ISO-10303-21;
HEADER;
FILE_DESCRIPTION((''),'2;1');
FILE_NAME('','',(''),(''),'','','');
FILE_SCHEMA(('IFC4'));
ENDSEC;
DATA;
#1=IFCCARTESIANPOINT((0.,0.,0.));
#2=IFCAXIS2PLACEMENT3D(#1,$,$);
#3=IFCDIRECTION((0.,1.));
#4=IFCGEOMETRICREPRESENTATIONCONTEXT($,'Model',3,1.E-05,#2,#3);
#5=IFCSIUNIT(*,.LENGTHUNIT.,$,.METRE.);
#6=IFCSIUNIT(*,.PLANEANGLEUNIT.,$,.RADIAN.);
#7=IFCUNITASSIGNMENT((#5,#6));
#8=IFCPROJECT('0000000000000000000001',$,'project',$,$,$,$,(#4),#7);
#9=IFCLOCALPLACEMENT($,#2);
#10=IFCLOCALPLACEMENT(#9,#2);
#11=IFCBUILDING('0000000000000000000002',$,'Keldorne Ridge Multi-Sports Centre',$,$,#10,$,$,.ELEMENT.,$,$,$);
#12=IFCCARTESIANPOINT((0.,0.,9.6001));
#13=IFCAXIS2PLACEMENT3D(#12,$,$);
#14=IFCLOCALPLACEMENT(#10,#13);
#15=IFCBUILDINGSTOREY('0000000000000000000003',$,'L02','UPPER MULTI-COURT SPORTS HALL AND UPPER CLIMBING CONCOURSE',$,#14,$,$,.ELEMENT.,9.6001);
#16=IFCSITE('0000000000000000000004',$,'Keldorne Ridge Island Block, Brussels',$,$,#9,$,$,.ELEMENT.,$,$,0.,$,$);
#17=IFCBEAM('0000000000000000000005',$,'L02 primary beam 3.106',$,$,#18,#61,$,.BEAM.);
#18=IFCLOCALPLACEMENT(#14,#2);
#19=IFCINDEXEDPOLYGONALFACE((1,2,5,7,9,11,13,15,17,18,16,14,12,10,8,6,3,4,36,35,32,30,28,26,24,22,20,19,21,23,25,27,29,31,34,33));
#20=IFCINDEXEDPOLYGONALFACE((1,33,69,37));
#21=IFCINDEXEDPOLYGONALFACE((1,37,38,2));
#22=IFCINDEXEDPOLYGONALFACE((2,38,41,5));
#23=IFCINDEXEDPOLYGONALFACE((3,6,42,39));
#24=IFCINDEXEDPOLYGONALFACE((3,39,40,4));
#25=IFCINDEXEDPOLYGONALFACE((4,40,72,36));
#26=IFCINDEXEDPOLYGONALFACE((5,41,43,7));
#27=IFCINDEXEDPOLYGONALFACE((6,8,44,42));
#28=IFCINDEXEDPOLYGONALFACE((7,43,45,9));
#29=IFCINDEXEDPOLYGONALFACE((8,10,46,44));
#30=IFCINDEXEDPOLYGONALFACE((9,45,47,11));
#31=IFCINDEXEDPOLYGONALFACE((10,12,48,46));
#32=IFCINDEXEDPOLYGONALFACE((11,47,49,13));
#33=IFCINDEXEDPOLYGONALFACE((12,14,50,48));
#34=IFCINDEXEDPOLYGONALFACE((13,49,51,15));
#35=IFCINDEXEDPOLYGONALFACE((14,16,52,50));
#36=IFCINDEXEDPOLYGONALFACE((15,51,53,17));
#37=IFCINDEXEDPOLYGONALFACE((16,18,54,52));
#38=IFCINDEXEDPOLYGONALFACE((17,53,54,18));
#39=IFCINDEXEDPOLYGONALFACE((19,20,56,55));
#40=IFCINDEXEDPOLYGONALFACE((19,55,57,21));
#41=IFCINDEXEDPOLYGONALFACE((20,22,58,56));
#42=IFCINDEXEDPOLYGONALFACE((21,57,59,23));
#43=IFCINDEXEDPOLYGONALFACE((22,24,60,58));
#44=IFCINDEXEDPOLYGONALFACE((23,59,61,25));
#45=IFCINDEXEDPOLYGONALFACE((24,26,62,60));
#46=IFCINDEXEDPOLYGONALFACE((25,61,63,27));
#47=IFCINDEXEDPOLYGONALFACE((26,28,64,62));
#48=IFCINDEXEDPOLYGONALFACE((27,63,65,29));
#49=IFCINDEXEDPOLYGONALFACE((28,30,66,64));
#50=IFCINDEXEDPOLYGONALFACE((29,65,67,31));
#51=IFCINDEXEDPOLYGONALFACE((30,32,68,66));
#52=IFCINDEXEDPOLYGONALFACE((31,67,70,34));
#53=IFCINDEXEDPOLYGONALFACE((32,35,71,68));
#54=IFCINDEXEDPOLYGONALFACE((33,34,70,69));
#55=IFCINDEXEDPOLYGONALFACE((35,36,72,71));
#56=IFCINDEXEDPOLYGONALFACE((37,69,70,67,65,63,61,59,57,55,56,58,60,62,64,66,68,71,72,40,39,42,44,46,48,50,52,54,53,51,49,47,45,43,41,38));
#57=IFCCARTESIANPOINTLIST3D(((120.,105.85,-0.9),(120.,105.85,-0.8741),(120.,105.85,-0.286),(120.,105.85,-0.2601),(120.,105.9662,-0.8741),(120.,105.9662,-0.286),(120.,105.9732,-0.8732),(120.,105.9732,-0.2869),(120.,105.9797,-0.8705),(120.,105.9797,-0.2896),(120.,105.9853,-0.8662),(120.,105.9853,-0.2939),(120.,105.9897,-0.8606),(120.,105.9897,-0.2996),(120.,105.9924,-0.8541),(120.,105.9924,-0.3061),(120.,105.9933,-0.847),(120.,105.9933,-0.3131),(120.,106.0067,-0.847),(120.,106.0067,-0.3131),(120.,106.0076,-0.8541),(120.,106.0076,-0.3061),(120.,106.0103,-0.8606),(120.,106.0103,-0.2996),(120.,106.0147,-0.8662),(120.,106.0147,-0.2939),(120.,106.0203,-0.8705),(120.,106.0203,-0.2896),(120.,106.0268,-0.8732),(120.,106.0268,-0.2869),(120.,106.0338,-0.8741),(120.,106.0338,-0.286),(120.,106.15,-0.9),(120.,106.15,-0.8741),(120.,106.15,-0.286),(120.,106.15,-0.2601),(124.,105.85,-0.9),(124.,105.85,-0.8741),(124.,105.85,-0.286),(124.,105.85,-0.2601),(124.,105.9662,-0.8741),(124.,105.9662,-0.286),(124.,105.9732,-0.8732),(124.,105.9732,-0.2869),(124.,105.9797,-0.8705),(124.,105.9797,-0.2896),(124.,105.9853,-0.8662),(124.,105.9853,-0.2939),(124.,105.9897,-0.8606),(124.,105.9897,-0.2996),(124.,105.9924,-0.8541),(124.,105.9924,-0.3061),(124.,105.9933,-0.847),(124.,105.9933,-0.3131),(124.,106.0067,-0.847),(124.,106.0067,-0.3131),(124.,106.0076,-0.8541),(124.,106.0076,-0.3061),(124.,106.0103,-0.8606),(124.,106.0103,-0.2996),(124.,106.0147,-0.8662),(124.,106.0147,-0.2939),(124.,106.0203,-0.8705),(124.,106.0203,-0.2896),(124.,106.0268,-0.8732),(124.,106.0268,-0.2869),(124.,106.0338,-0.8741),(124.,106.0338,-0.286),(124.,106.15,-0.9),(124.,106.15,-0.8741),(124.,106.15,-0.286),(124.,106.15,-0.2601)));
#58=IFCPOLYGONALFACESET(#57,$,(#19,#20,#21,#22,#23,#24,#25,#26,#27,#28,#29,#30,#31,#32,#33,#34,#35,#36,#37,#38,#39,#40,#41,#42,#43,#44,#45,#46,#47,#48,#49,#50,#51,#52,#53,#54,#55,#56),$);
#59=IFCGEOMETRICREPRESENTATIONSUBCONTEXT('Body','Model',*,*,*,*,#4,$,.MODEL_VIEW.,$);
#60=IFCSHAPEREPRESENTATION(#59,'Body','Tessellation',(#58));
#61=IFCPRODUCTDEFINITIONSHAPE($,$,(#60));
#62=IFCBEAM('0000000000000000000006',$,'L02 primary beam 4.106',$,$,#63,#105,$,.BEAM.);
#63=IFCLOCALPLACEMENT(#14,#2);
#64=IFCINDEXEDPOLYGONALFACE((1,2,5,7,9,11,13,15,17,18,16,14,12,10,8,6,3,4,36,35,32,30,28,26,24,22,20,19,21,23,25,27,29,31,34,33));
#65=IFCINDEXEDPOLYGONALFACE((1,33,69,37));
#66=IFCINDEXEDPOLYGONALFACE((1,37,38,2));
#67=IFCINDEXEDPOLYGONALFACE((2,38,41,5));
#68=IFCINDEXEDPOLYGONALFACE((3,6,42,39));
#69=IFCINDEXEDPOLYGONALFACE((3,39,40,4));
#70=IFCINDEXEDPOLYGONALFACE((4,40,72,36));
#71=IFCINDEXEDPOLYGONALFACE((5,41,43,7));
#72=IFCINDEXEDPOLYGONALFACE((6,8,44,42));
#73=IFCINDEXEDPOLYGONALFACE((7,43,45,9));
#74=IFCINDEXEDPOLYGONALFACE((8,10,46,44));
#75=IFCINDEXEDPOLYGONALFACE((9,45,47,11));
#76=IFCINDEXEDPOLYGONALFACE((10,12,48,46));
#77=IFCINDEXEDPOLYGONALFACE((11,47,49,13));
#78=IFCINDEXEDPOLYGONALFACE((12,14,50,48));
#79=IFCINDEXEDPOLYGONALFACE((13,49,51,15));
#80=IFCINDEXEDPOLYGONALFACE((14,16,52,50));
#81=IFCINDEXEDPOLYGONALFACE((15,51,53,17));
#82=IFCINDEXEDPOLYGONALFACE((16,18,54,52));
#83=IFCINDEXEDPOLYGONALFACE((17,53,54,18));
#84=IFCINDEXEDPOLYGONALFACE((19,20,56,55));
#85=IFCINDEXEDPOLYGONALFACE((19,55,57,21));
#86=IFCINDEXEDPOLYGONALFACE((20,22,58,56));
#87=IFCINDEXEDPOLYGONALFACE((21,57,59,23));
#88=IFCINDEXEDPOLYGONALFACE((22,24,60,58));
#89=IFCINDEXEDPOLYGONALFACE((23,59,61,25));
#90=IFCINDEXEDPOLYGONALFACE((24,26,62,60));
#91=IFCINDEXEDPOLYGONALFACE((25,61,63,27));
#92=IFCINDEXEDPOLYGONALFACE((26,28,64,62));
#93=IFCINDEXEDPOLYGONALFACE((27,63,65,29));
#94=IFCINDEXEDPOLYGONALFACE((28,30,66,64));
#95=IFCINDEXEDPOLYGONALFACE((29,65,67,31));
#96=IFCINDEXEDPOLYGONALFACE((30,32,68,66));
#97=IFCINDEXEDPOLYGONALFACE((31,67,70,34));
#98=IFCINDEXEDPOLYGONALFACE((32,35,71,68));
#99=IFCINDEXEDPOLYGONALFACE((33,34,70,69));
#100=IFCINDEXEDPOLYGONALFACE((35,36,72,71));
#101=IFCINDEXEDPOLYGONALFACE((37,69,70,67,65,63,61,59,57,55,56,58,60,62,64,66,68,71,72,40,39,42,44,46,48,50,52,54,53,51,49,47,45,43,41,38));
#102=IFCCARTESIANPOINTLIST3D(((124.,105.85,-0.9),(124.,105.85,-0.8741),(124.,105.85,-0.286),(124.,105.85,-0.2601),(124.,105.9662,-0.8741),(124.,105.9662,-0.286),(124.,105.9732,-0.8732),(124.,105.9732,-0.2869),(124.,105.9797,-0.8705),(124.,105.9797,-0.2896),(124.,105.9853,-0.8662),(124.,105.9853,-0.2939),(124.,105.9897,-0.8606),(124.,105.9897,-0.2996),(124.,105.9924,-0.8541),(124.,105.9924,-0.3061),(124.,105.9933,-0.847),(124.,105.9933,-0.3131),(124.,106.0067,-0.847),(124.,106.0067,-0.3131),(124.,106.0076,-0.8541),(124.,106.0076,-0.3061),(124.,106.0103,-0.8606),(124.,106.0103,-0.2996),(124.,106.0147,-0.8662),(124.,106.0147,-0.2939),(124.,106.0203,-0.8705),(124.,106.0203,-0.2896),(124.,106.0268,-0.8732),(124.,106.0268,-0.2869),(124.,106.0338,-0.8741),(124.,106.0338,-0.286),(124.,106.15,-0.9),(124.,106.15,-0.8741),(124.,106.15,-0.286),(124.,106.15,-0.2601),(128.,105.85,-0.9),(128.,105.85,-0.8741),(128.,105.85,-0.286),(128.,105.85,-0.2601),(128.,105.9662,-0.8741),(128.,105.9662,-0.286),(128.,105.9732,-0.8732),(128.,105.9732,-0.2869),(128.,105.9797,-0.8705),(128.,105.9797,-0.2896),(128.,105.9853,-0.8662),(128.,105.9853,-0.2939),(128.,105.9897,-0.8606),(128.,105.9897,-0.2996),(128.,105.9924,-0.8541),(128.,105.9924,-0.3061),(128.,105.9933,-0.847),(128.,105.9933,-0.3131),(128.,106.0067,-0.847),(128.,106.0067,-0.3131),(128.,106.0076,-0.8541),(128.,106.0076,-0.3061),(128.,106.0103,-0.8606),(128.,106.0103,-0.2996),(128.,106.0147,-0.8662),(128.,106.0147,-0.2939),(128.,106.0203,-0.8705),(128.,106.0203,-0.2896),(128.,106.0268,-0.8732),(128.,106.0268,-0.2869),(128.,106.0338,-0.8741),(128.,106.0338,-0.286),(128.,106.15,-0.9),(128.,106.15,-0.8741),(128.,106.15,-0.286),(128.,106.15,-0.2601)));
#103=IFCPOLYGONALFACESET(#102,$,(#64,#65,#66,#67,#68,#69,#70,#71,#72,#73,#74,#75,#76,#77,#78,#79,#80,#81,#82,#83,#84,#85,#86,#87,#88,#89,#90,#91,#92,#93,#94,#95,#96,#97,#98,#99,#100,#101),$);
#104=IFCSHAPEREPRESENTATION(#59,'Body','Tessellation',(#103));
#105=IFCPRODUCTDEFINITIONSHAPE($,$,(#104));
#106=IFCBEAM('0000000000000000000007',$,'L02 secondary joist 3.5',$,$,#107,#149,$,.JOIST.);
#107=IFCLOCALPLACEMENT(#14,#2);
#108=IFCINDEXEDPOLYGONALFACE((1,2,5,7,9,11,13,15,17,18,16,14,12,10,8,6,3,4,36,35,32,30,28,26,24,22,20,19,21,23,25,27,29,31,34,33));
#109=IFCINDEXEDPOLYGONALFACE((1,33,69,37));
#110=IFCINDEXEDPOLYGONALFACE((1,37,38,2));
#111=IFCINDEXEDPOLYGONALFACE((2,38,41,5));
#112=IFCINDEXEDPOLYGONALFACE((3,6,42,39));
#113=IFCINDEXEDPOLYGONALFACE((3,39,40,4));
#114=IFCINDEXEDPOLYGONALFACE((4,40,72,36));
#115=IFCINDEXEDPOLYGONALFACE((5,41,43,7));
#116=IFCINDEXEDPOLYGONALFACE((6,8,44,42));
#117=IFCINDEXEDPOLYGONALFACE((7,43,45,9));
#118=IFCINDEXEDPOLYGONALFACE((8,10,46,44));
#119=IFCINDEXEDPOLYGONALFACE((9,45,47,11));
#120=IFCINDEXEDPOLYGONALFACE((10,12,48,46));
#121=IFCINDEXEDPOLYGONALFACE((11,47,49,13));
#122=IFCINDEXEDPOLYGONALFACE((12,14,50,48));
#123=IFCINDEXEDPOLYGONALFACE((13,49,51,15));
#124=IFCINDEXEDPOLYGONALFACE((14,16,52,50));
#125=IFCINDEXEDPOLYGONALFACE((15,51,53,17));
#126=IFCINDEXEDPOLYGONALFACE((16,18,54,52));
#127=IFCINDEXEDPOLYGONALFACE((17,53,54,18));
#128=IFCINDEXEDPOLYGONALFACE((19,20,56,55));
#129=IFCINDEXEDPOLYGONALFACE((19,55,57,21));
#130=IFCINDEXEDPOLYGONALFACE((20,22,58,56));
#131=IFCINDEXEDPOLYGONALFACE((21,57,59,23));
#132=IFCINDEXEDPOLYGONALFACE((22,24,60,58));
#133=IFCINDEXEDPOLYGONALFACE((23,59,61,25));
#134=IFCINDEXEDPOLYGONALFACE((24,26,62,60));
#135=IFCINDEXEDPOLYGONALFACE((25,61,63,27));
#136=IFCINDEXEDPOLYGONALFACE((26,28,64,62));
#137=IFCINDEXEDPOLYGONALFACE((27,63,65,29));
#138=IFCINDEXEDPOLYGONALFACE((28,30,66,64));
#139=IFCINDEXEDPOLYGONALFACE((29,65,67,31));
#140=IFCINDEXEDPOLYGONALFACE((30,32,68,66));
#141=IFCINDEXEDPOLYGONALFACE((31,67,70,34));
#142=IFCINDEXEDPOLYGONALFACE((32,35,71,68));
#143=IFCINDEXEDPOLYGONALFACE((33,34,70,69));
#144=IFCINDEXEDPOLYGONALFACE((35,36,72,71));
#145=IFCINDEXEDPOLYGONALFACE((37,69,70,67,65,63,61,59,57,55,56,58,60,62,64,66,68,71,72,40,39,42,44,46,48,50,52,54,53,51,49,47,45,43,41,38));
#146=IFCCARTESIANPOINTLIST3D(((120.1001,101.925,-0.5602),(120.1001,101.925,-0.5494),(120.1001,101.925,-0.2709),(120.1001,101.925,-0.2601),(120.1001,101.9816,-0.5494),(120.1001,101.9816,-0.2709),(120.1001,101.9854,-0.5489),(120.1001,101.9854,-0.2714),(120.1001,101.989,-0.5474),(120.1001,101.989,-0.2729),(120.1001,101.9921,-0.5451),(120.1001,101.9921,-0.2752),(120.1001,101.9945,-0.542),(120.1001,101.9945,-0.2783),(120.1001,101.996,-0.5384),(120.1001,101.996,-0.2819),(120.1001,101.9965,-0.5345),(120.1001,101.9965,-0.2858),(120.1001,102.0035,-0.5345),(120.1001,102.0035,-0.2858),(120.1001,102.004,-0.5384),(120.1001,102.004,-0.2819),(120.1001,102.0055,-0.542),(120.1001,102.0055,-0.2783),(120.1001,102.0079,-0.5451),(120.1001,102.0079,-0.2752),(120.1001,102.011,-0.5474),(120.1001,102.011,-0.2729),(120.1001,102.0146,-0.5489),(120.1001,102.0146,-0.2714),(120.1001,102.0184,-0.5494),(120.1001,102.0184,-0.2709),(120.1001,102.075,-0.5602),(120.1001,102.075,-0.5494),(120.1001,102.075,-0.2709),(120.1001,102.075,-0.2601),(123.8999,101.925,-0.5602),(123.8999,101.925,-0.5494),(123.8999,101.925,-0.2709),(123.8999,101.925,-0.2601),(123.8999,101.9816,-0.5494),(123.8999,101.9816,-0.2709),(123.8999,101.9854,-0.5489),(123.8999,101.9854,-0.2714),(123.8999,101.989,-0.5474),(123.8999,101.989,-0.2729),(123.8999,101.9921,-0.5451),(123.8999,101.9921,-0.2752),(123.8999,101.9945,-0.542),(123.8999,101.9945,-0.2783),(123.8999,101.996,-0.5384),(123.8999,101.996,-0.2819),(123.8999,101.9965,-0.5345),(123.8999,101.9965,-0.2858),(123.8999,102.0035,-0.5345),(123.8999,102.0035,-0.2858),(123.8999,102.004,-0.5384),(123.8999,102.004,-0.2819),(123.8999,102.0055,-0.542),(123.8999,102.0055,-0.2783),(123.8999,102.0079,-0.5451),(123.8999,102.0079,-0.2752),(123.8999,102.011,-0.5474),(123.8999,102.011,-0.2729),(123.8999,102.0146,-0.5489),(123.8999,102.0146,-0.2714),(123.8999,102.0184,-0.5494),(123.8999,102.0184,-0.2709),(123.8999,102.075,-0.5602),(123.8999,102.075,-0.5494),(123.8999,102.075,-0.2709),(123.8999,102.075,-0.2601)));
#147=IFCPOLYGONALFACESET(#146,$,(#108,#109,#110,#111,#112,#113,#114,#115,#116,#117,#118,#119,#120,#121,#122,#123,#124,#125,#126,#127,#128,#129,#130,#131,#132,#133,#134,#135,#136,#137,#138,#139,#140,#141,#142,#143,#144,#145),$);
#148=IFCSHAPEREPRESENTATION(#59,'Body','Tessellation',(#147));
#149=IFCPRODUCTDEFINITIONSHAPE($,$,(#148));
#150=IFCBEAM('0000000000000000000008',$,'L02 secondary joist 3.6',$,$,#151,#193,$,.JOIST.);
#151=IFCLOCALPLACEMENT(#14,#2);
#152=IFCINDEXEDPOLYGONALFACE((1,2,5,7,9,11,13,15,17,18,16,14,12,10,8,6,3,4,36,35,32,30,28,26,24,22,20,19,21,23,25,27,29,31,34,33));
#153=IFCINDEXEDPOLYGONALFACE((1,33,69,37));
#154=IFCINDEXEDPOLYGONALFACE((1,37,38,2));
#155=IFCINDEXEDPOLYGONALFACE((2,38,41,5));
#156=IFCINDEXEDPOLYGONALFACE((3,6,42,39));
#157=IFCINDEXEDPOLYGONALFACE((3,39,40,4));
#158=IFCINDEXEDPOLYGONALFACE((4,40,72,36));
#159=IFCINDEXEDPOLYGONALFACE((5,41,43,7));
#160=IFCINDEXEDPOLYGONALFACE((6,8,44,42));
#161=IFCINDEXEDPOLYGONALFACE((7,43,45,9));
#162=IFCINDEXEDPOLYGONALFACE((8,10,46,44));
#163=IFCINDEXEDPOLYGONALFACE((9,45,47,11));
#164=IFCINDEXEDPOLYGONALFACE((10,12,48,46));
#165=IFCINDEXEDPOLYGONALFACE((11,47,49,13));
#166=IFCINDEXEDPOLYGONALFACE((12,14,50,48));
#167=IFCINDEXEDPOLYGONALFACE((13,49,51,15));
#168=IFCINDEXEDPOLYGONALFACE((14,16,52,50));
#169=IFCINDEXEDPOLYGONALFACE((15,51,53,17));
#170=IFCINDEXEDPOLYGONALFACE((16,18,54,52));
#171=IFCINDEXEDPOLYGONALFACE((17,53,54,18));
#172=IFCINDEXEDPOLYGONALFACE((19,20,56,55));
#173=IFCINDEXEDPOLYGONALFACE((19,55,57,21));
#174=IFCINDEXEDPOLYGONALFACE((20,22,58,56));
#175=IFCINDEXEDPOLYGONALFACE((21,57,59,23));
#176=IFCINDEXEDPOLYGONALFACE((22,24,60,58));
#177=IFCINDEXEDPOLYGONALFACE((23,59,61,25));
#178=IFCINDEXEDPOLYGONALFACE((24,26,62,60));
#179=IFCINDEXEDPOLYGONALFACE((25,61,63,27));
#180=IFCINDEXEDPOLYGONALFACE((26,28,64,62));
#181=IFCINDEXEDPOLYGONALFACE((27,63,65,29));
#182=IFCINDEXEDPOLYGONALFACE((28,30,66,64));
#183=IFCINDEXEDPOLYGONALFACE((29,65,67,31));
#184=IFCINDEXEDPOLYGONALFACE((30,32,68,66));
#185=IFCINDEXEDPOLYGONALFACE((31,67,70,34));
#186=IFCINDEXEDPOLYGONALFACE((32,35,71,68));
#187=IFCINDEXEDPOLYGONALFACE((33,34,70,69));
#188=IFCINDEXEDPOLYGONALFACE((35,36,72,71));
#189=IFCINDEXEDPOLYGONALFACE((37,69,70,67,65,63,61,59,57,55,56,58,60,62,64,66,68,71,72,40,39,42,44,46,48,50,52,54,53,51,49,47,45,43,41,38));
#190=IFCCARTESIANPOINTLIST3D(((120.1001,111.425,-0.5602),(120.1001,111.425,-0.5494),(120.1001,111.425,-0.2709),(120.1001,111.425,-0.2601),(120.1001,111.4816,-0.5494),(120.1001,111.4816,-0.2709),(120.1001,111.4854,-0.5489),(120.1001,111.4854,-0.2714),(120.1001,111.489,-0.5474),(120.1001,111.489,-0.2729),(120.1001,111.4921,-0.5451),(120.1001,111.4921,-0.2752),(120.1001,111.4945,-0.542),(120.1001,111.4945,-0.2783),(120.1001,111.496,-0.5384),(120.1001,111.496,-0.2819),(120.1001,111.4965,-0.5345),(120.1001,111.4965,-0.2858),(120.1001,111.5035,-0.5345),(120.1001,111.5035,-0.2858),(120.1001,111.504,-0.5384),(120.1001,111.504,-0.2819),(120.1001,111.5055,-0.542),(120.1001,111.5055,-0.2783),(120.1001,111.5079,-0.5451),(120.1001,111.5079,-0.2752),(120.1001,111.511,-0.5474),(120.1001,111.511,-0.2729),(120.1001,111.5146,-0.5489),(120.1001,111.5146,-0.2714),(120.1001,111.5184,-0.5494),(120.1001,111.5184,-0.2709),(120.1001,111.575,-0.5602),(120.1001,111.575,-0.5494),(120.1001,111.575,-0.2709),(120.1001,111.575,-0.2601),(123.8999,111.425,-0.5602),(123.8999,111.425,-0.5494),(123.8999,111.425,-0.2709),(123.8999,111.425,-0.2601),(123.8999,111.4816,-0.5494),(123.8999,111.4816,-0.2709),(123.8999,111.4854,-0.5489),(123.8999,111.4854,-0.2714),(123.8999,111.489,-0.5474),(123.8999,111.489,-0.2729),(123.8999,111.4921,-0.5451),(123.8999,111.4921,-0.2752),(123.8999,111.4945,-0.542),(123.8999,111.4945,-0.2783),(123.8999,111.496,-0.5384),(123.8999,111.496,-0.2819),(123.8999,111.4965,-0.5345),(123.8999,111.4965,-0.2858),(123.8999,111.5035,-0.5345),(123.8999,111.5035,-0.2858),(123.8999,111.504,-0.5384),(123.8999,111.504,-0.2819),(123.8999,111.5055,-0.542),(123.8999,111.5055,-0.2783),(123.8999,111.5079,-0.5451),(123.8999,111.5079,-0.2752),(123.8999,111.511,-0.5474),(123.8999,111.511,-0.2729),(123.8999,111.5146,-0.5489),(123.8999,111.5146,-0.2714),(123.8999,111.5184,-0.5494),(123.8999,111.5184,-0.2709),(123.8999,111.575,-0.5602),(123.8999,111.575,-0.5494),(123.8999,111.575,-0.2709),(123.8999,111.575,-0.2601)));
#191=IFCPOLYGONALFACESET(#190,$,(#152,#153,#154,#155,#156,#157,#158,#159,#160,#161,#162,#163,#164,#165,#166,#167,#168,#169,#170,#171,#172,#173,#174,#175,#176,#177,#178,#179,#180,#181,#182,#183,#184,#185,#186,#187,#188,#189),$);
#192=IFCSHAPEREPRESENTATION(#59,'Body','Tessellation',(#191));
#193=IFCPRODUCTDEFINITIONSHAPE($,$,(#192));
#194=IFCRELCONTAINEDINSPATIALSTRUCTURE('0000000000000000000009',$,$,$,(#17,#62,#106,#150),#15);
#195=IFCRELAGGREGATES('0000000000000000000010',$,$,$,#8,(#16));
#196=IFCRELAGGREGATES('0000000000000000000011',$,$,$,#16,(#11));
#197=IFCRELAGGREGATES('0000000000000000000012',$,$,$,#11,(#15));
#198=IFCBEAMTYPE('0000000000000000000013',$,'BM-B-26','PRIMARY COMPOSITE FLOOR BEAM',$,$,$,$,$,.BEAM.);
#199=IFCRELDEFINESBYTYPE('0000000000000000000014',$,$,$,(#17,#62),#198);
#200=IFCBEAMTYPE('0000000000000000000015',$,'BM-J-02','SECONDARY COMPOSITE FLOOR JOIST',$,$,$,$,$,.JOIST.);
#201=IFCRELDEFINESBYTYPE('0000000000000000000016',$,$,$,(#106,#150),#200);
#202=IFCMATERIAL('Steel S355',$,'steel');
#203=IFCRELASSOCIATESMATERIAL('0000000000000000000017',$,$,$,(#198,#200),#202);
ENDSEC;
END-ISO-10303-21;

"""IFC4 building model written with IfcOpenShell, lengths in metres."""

from ifc_helpers import new_model, si_unit, direction, frame, origin, origin_2d, place, context, subcontext, project, spatial, i_section, extrude, material, material_profile, profile_set, type_object, element, save


model = new_model("IFC4")

# Units and contexts
model_context = context("Model", 3, precision=1e-05, world=origin(), true_north=direction((0.0, 1.0)))
body_context = subcontext(model_context, "Body", "Model", "MODEL_VIEW")
ifc_project = project(units=[si_unit("LENGTHUNIT", "METRE"), si_unit("PLANEANGLEUNIT", "RADIAN")], contexts=[model_context])

# Site, building, storey
site_placement = place(None, origin())
site = spatial("IfcSite", under=ifc_project, at=site_placement, Name="Keldorne Ridge Island Block, Brussels", CompositionType="ELEMENT", RefElevation=0.0)
building_placement = place(site_placement, origin())
building = spatial("IfcBuilding", under=site, at=building_placement, Name="Keldorne Ridge Multi-Sports Centre", CompositionType="ELEMENT")
storey_placement = place(building_placement, frame((0.0, 0.0, 9.6001)))
storey = spatial("IfcBuildingStorey", under=building, at=storey_placement, Name="L02", Description="UPPER MULTI-COURT SPORTS HALL AND UPPER CLIMBING CONCOURSE", CompositionType="ELEMENT", Elevation=9.6001)

# Shared definitions
ifc_material_1 = material(Name="Steel S355", Category="steel")

# Beams
ifc_material_profile_1 = material_profile(ifc_material_1, i_section(OverallWidth=0.3, OverallDepth=0.6399, WebThickness=0.0134, FlangeThickness=0.0259, FilletRadius=0.0271, at=origin_2d()), Name="HEA 650")
ifc_profile_set_1 = profile_set([ifc_material_profile_1], Name="Steel S355")
beam_type_1 = type_object("IfcBeamType", Name="BM-B-26", Description="PRIMARY COMPOSITE FLOOR BEAM", PredefinedType="BEAM", material=ifc_profile_set_1)
for number, where, z_axis, x_axis, name in (
    (1, (120.0, 106.0, -0.5801), (1.0, 0.0, 0.0), (0.0, 1.0, 0.0), "L02 primary beam 3.106"),
    (2, (124.0, 106.0, -0.5801), (1.0, 0.0, 0.0), (0.0, 1.0, 0.0), "L02 primary beam 4.106"),
):
    element("IfcBeam", number, at=place(storey_placement, frame(where, z_axis=z_axis, x_axis=x_axis)), inside=storey, type_object=beam_type_1, Name=name, PredefinedType="BEAM", context=body_context, shape_type="SweptSolid", body=[
        extrude(i_section(OverallWidth=0.3, OverallDepth=0.6399, WebThickness=0.0134, FlangeThickness=0.0259, FilletRadius=0.0271, at=origin_2d()), origin(), (0.0, 0.0, 1.0), 4.0),
    ])
ifc_material_profile_2 = material_profile(ifc_material_1, i_section(OverallWidth=0.1499, OverallDepth=0.3, WebThickness=0.0071, FlangeThickness=0.0107, FilletRadius=0.0149, at=origin_2d()), Name="IPE 300")
ifc_profile_set_2 = profile_set([ifc_material_profile_2], Name="Steel S355")
beam_type_2 = type_object("IfcBeamType", Name="BM-J-02", Description="SECONDARY COMPOSITE FLOOR JOIST", PredefinedType="JOIST", material=ifc_profile_set_2)
for number, where, z_axis, x_axis, name in (
    (3, (120.1001, 102.0, -0.4102), (1.0, 0.0, 0.0), (0.0, 1.0, 0.0), "L02 secondary joist 3.5"),
    (4, (120.1001, 111.5, -0.4102), (1.0, 0.0, 0.0), (0.0, 1.0, 0.0), "L02 secondary joist 3.6"),
):
    element("IfcBeam", number, at=place(storey_placement, frame(where, z_axis=z_axis, x_axis=x_axis)), inside=storey, type_object=beam_type_2, Name=name, PredefinedType="JOIST", context=body_context, shape_type="SweptSolid", body=[
        extrude(i_section(OverallWidth=0.1499, OverallDepth=0.3, WebThickness=0.0071, FlangeThickness=0.0107, FilletRadius=0.0149, at=origin_2d()), origin(), (0.0, 0.0, 1.0), 3.7998),
    ])

save(model, "model.ifc")
